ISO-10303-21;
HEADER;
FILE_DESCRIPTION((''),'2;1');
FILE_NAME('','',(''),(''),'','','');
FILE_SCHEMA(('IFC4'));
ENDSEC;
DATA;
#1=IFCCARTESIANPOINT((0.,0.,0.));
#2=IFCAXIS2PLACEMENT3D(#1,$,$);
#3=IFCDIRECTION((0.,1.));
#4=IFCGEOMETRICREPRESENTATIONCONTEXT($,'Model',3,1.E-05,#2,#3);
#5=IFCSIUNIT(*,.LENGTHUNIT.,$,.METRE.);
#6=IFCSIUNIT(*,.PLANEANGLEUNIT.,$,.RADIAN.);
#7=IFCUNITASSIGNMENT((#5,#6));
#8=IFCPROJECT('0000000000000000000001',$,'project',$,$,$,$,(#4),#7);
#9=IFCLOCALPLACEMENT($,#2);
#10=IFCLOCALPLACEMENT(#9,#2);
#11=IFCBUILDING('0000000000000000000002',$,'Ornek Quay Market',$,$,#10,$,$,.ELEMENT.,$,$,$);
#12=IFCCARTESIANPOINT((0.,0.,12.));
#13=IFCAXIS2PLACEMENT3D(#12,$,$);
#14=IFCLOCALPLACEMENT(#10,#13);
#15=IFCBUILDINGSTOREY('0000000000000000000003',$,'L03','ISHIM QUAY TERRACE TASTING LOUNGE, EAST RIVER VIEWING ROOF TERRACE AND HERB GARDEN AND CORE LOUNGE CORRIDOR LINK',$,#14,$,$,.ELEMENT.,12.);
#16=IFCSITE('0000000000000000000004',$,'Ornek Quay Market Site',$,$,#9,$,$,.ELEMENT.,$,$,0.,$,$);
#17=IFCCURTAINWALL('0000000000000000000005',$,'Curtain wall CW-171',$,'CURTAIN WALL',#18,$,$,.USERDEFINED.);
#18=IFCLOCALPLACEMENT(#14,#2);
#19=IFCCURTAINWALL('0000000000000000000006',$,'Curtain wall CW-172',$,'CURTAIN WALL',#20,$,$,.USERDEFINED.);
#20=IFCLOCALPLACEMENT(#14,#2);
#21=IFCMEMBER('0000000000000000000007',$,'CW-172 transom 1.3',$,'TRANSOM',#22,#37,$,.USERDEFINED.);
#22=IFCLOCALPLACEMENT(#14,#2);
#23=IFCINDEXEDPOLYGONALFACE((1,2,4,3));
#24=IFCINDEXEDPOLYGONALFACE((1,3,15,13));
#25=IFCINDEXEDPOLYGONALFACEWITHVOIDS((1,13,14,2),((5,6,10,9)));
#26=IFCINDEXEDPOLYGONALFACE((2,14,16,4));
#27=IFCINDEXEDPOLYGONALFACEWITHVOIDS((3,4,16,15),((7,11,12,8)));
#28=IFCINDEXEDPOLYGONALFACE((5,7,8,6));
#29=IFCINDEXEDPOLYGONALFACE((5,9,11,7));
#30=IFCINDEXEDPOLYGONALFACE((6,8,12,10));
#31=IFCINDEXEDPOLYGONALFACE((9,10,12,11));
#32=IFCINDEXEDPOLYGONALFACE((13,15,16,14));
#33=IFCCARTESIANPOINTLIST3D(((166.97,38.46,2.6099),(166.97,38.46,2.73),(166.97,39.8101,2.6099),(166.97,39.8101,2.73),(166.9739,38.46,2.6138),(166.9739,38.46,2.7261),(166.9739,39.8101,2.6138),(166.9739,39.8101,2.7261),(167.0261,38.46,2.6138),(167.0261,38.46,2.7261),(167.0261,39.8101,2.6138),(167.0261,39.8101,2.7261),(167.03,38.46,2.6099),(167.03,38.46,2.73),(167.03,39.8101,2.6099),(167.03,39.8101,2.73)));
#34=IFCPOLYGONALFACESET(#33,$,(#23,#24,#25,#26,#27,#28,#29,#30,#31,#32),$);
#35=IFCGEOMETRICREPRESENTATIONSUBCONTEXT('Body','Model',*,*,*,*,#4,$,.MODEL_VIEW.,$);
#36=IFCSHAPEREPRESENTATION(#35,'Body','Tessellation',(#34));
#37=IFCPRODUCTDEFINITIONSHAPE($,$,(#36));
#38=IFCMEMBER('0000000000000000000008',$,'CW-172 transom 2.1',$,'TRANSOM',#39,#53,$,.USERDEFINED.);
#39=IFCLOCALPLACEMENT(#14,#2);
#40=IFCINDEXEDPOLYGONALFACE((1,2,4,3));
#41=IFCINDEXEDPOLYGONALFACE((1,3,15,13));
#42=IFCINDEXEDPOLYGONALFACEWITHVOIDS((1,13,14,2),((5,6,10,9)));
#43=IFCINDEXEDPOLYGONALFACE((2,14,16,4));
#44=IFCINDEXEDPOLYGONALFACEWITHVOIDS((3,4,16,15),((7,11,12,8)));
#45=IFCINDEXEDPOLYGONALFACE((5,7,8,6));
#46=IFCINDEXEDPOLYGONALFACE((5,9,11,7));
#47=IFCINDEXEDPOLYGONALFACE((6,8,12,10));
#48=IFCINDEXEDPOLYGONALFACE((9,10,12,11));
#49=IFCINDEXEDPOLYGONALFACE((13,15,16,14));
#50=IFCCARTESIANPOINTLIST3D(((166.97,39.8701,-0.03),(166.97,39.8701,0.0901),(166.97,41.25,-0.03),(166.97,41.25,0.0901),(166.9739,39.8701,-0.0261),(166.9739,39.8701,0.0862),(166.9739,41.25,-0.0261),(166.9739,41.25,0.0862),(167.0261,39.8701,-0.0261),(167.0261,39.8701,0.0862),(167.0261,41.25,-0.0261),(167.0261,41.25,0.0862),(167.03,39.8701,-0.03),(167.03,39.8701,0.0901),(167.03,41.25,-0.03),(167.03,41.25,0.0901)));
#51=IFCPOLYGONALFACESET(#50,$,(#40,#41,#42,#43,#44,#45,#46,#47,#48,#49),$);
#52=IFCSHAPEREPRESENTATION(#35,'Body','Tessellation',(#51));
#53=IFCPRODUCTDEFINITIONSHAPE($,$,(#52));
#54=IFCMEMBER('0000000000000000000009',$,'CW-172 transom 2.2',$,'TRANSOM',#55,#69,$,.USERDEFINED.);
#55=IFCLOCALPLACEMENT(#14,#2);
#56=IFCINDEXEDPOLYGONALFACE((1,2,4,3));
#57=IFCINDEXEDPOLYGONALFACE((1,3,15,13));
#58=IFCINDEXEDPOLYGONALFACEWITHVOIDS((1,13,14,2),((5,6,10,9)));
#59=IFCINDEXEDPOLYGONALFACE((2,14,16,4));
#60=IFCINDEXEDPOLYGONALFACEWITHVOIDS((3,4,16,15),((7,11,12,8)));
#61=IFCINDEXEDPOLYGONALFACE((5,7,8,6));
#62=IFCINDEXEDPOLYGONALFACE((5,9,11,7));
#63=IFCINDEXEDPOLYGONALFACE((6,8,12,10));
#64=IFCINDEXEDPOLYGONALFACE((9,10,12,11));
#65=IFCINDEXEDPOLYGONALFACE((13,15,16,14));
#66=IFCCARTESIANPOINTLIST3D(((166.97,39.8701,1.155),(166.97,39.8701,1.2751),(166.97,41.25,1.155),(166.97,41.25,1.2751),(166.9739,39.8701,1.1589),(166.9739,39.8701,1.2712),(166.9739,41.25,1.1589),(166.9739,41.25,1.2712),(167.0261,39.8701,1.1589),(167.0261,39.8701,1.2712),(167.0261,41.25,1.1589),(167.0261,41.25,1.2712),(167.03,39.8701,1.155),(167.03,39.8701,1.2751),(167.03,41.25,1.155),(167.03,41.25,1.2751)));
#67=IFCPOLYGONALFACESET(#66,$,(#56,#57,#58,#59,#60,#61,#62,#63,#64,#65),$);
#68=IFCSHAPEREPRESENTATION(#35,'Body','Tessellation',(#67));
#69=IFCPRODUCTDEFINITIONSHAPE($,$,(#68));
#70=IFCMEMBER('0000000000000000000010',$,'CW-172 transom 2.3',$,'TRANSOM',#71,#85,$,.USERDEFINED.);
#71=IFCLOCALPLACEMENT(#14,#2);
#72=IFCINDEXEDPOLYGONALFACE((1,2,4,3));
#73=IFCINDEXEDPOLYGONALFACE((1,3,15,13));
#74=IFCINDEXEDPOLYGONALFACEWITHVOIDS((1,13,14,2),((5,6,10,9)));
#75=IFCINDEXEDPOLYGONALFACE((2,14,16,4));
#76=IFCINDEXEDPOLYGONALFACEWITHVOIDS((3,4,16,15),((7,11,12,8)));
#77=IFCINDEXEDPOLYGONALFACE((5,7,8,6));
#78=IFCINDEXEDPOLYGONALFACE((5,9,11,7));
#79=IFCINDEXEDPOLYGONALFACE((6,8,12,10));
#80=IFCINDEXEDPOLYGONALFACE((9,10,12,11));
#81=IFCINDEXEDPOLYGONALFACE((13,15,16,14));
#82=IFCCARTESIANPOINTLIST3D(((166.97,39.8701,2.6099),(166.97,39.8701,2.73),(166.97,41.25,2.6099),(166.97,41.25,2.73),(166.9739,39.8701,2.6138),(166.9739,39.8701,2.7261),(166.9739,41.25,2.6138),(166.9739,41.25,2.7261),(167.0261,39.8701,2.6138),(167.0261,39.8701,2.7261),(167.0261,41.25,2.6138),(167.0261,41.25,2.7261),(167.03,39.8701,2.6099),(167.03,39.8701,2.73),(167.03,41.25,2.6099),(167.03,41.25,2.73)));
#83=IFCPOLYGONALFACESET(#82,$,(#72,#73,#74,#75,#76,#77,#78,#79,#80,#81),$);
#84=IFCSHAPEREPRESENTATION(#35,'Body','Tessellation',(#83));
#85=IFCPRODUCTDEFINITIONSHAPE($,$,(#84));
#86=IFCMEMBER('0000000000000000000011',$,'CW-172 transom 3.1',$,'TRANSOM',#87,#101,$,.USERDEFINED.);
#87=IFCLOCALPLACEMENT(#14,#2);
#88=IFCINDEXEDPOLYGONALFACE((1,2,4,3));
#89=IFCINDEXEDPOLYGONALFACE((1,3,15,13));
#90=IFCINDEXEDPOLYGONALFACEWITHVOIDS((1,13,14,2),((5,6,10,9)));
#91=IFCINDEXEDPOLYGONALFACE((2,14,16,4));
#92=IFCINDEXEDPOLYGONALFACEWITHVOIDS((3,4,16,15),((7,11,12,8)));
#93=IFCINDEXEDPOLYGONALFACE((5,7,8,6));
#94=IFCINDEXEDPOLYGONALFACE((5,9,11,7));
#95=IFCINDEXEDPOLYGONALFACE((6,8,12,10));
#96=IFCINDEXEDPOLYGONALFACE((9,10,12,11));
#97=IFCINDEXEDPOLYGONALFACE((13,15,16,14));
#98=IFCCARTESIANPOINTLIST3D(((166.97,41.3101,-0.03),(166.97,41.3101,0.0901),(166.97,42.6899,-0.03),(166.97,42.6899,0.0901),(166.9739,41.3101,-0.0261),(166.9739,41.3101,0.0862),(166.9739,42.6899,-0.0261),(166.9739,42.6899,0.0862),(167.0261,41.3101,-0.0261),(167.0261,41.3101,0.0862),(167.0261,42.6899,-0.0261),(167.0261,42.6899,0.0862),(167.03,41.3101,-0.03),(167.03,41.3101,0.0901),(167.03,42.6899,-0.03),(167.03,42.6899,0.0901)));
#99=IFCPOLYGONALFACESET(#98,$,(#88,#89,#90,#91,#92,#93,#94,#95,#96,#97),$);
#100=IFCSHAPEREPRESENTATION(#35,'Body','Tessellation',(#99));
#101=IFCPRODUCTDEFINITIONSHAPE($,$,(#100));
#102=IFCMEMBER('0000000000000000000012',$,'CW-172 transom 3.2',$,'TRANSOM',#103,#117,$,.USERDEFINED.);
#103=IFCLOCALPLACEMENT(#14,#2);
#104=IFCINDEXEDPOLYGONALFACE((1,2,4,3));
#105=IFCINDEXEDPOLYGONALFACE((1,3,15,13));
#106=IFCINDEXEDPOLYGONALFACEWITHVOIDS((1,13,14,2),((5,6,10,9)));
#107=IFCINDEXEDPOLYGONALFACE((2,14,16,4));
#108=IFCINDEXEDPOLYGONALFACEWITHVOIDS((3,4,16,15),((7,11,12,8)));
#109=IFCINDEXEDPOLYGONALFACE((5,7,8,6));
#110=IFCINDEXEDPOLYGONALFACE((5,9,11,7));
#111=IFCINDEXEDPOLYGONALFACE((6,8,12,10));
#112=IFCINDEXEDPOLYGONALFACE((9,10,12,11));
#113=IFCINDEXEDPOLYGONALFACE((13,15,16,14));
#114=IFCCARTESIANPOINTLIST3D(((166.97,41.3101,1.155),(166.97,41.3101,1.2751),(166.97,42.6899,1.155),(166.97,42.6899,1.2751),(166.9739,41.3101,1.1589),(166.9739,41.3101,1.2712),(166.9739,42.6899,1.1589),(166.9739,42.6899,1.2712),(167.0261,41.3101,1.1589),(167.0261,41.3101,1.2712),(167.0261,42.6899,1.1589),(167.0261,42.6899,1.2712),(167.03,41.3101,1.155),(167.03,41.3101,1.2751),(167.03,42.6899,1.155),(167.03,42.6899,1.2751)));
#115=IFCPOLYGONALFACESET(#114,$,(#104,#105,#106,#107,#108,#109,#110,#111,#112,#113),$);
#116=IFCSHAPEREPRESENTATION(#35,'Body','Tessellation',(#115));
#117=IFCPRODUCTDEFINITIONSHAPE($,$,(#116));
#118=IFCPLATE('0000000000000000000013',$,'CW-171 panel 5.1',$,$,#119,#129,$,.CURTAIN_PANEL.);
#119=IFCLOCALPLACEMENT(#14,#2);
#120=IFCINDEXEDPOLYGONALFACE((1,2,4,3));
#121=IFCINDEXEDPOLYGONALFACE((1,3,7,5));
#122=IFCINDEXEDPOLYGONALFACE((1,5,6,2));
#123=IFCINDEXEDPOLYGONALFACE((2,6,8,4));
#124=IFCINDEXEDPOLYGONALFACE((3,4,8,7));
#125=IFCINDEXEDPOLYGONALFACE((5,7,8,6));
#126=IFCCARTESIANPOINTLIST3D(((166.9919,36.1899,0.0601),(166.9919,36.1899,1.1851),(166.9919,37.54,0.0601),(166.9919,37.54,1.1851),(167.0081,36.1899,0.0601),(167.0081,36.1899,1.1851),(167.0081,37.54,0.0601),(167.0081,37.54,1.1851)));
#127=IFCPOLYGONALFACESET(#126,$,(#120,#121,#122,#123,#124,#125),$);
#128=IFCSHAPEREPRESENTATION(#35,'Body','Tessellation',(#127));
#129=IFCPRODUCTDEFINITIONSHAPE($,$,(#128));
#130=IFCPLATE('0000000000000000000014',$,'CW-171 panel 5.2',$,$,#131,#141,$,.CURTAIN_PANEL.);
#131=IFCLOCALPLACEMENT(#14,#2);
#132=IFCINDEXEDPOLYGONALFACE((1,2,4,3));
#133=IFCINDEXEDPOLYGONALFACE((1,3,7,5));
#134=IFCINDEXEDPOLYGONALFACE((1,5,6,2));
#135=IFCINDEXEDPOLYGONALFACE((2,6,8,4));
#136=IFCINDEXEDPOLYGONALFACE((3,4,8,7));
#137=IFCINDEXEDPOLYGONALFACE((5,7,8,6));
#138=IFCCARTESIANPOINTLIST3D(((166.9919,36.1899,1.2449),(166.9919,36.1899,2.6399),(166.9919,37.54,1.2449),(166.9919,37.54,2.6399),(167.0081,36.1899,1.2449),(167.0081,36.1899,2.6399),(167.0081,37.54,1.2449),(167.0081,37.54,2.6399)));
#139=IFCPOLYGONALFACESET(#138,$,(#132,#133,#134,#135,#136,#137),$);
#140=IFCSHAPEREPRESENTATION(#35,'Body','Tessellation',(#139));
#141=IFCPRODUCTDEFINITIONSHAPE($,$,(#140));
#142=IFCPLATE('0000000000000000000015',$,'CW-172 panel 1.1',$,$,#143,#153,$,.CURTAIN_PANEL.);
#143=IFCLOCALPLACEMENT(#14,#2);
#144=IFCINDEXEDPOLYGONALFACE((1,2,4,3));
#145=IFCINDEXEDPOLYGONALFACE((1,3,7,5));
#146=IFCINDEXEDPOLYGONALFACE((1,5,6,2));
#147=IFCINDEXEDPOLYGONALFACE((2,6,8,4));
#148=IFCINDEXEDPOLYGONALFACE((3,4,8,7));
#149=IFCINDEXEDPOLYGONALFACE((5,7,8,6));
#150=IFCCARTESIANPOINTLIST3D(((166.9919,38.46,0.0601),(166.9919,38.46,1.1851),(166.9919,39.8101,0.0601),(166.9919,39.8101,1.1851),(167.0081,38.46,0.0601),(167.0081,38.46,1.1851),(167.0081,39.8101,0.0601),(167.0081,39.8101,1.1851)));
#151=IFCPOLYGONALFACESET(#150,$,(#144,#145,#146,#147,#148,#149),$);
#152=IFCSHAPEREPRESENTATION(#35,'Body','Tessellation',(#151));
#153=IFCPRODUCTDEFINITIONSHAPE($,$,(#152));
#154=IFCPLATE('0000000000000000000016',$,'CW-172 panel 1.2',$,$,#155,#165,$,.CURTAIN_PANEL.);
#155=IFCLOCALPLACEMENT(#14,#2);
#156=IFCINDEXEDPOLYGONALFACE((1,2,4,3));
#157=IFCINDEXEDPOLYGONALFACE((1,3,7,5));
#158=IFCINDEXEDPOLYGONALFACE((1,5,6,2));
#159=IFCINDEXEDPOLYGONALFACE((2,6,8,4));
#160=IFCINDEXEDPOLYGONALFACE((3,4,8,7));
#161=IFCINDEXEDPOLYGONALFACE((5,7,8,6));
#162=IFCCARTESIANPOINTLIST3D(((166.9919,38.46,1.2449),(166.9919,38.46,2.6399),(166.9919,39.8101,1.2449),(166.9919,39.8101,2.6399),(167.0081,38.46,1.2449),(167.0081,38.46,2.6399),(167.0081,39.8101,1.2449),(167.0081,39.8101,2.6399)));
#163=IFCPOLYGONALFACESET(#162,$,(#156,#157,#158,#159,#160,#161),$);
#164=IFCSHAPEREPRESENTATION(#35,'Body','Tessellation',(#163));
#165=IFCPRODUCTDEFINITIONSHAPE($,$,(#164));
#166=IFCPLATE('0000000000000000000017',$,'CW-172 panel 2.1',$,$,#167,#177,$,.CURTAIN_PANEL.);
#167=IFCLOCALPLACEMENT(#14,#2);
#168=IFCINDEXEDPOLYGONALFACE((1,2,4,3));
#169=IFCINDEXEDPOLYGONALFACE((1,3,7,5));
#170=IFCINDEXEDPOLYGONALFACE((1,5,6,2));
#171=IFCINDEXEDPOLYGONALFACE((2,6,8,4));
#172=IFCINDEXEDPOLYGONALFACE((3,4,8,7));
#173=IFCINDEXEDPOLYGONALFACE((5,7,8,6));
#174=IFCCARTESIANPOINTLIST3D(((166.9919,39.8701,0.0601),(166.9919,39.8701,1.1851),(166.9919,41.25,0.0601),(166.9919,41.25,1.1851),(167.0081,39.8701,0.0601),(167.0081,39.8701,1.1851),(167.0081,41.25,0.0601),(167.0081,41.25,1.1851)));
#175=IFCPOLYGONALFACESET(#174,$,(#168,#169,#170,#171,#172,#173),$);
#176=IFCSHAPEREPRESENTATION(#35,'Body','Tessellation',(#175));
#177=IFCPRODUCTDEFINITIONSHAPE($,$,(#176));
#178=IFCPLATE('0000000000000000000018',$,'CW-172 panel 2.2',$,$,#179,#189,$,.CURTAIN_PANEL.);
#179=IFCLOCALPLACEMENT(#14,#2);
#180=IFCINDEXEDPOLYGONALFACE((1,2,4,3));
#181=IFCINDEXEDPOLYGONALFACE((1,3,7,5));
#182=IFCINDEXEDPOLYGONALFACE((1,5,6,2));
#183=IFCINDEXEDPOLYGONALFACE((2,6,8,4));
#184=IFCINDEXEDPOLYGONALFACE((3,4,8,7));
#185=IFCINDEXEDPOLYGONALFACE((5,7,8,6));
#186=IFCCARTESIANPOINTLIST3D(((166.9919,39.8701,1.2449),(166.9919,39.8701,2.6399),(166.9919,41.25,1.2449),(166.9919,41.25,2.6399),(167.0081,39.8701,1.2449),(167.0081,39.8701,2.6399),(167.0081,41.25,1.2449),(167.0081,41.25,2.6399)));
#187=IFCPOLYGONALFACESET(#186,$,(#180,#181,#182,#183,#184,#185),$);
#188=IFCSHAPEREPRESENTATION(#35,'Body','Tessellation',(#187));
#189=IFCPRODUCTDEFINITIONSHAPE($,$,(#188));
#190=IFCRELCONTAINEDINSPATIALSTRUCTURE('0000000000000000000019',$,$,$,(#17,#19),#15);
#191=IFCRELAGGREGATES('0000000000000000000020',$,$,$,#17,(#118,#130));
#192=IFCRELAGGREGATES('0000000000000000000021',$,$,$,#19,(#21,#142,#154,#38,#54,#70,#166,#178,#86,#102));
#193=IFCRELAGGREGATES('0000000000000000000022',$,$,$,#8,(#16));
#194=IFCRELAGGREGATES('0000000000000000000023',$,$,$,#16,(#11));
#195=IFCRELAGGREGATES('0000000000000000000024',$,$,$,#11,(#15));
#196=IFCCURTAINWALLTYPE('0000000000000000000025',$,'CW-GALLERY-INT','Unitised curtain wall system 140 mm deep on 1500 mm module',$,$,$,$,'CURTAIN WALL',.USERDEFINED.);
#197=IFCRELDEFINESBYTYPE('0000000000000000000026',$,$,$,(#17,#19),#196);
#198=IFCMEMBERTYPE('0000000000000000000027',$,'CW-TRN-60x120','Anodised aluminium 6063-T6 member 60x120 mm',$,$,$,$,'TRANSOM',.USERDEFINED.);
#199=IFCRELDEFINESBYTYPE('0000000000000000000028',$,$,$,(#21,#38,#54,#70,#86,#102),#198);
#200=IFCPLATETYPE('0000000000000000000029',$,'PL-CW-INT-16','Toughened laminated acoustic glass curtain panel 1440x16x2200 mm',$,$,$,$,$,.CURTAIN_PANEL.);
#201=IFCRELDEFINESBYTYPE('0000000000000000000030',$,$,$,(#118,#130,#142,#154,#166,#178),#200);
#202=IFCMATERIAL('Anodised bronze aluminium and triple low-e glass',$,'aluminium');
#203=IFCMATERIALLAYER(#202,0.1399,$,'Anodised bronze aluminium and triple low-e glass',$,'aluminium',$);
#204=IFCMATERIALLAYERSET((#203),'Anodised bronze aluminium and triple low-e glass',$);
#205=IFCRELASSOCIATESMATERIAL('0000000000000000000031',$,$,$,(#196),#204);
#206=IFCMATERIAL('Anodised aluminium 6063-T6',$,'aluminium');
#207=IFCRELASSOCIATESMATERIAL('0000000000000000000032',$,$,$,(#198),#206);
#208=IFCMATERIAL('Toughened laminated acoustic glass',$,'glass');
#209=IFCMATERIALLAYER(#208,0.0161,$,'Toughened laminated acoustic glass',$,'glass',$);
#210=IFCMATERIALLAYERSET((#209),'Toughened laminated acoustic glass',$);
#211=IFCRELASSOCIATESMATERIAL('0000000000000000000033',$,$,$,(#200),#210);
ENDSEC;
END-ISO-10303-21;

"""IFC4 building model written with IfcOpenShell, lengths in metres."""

from ifc_helpers import new_model, si_unit, direction, frame, origin, origin_2d, place, context, subcontext, project, spatial, rectangle, hollow_rectangle, extrude, material, layer, layer_set, material_profile, profile_set, type_object, element, aggregate, save


model = new_model("IFC4")

# Units and contexts
model_context = context("Model", 3, precision=1e-05, world=origin(), true_north=direction((0.0, 1.0)))
body_context = subcontext(model_context, "Body", "Model", "MODEL_VIEW")
ifc_project = project(units=[si_unit("LENGTHUNIT", "METRE"), si_unit("PLANEANGLEUNIT", "RADIAN")], contexts=[model_context])

# Site, building, storey
site_placement = place(None, origin())
site = spatial("IfcSite", under=ifc_project, at=site_placement, Name="Ornek Quay Market Site", CompositionType="ELEMENT", RefElevation=0.0)
building_placement = place(site_placement, origin())
building = spatial("IfcBuilding", under=site, at=building_placement, Name="Ornek Quay Market", CompositionType="ELEMENT")
storey_placement = place(building_placement, frame((0.0, 0.0, 12.0)))
storey = spatial("IfcBuildingStorey", under=building, at=storey_placement, Name="L03", Description="ISHIM QUAY TERRACE TASTING LOUNGE, EAST RIVER VIEWING ROOF TERRACE AND HERB GARDEN AND CORE LOUNGE CORRIDOR LINK", CompositionType="ELEMENT", Elevation=12.0)

# Curtain wall
ifc_material_1 = material(Name="Anodised bronze aluminium and triple low-e glass", Category="aluminium")
ifc_layer_1 = layer(ifc_material_1, 0.1399, Name="Anodised bronze aluminium and triple low-e glass", Category="aluminium")
ifc_layer_set_1 = layer_set([ifc_layer_1], Name="Anodised bronze aluminium and triple low-e glass")
curtain_wall_type = type_object("IfcCurtainWallType", Name="CW-GALLERY-INT", Description="Unitised curtain wall system 140 mm deep on 1500 mm module", ElementType="CURTAIN WALL", PredefinedType="USERDEFINED", material=ifc_layer_set_1)
curtain_wall_1_placement = place(storey_placement, origin())
curtain_wall_1 = element("IfcCurtainWall", 1, at=curtain_wall_1_placement, inside=storey, type_object=curtain_wall_type, Name="Curtain wall CW-171", ObjectType="CURTAIN WALL", PredefinedType="USERDEFINED")
ifc_material_2 = material(Name="Anodised aluminium 6063-T6", Category="aluminium")

# Curtain wall
curtain_wall_2_placement = place(storey_placement, origin())
curtain_wall_2 = element("IfcCurtainWall", 2, at=curtain_wall_2_placement, inside=storey, type_object=curtain_wall_type, Name="Curtain wall CW-172", ObjectType="CURTAIN WALL", PredefinedType="USERDEFINED")

# Members
ifc_material_profile_1 = material_profile(ifc_material_2, hollow_rectangle(XDim=0.0601, YDim=0.1201, WallThickness=0.0039, at=origin_2d()), Name="CW-TRN-60x120", Category="aluminium")
ifc_profile_set_1 = profile_set([ifc_material_profile_1], Name="Anodised aluminium 6063-T6")
member_type_1 = type_object("IfcMemberType", Name="CW-TRN-60x120", Description="Anodised aluminium 6063-T6 member 60x120 mm", ElementType="TRANSOM", PredefinedType="USERDEFINED", material=ifc_profile_set_1)
member_1_placement = place(storey_placement, frame((167.0, 38.46, 2.6699), z_axis=(0.0, 1.0, 0.0), x_axis=(-1.0, 0.0, 0.0)))
member_1 = element("IfcMember", 3, at=member_1_placement, type_object=member_type_1, Name="CW-172 transom 1.3", ObjectType="TRANSOM", PredefinedType="USERDEFINED", context=body_context, shape_type="SweptSolid", body=[
    extrude(hollow_rectangle(XDim=0.0601, YDim=0.1201, WallThickness=0.0039, at=origin_2d()), origin(), (0.0, 0.0, 1.0), 1.3501),
])
member_2_placement = place(storey_placement, frame((167.0, 39.8701, 0.03), z_axis=(0.0, 1.0, 0.0), x_axis=(-1.0, 0.0, 0.0)))
member_2 = element("IfcMember", 4, at=member_2_placement, type_object=member_type_1, Name="CW-172 transom 2.1", ObjectType="TRANSOM", PredefinedType="USERDEFINED", context=body_context, shape_type="SweptSolid", body=[
    extrude(hollow_rectangle(XDim=0.0601, YDim=0.1201, WallThickness=0.0039, at=origin_2d()), origin(), (0.0, 0.0, 1.0), 1.3799),
])
member_3_placement = place(storey_placement, frame((167.0, 39.8701, 1.2151), z_axis=(0.0, 1.0, 0.0), x_axis=(-1.0, 0.0, 0.0)))
member_3 = element("IfcMember", 5, at=member_3_placement, type_object=member_type_1, Name="CW-172 transom 2.2", ObjectType="TRANSOM", PredefinedType="USERDEFINED", context=body_context, shape_type="SweptSolid", body=[
    extrude(hollow_rectangle(XDim=0.0601, YDim=0.1201, WallThickness=0.0039, at=origin_2d()), origin(), (0.0, 0.0, 1.0), 1.3799),
])
member_4_placement = place(storey_placement, frame((167.0, 39.8701, 2.6699), z_axis=(0.0, 1.0, 0.0), x_axis=(-1.0, 0.0, 0.0)))
member_4 = element("IfcMember", 6, at=member_4_placement, type_object=member_type_1, Name="CW-172 transom 2.3", ObjectType="TRANSOM", PredefinedType="USERDEFINED", context=body_context, shape_type="SweptSolid", body=[
    extrude(hollow_rectangle(XDim=0.0601, YDim=0.1201, WallThickness=0.0039, at=origin_2d()), origin(), (0.0, 0.0, 1.0), 1.3799),
])
member_5_placement = place(storey_placement, frame((167.0, 41.3101, 0.03), z_axis=(0.0, 1.0, 0.0), x_axis=(-1.0, 0.0, 0.0)))
member_5 = element("IfcMember", 7, at=member_5_placement, type_object=member_type_1, Name="CW-172 transom 3.1", ObjectType="TRANSOM", PredefinedType="USERDEFINED", context=body_context, shape_type="SweptSolid", body=[
    extrude(hollow_rectangle(XDim=0.0601, YDim=0.1201, WallThickness=0.0039, at=origin_2d()), origin(), (0.0, 0.0, 1.0), 1.3799),
])
member_6_placement = place(storey_placement, frame((167.0, 41.3101, 1.2151), z_axis=(0.0, 1.0, 0.0), x_axis=(-1.0, 0.0, 0.0)))
member_6 = element("IfcMember", 8, at=member_6_placement, type_object=member_type_1, Name="CW-172 transom 3.2", ObjectType="TRANSOM", PredefinedType="USERDEFINED", context=body_context, shape_type="SweptSolid", body=[
    extrude(hollow_rectangle(XDim=0.0601, YDim=0.1201, WallThickness=0.0039, at=origin_2d()), origin(), (0.0, 0.0, 1.0), 1.3799),
])

# Plates
ifc_material_3 = material(Name="Toughened laminated acoustic glass", Category="glass")
ifc_layer_2 = layer(ifc_material_3, 0.0161, Name="Toughened laminated acoustic glass", Category="glass")
ifc_layer_set_2 = layer_set([ifc_layer_2], Name="Toughened laminated acoustic glass")
plate_type = type_object("IfcPlateType", Name="PL-CW-INT-16", Description="Toughened laminated acoustic glass curtain panel 1440x16x2200 mm", PredefinedType="CURTAIN_PANEL", material=ifc_layer_set_2)
plate_1_placement = place(storey_placement, frame((167.0, 36.865, 0.0601), z_axis=(0.0, 0.0, 1.0), x_axis=(0.0, 1.0, 0.0)))
plate_1 = element("IfcPlate", 9, at=plate_1_placement, type_object=plate_type, Name="CW-171 panel 5.1", PredefinedType="CURTAIN_PANEL", context=body_context, shape_type="SweptSolid", body=[
    extrude(rectangle(XDim=1.3501, YDim=0.0161, at=origin_2d()), origin(), (0.0, 0.0, 1.0), 1.125),
])
plate_2_placement = place(storey_placement, frame((167.0, 36.865, 1.2449), z_axis=(0.0, 0.0, 1.0), x_axis=(0.0, 1.0, 0.0)))
plate_2 = element("IfcPlate", 10, at=plate_2_placement, type_object=plate_type, Name="CW-171 panel 5.2", PredefinedType="CURTAIN_PANEL", context=body_context, shape_type="SweptSolid", body=[
    extrude(rectangle(XDim=1.3501, YDim=0.0161, at=origin_2d()), origin(), (0.0, 0.0, 1.0), 1.395),
])
aggregate(curtain_wall_1, [plate_1, plate_2])
plate_3_placement = place(storey_placement, frame((167.0, 39.135, 0.0601), z_axis=(0.0, 0.0, 1.0), x_axis=(0.0, 1.0, 0.0)))
plate_3 = element("IfcPlate", 11, at=plate_3_placement, type_object=plate_type, Name="CW-172 panel 1.1", PredefinedType="CURTAIN_PANEL", context=body_context, shape_type="SweptSolid", body=[
    extrude(rectangle(XDim=1.3501, YDim=0.0161, at=origin_2d()), origin(), (0.0, 0.0, 1.0), 1.125),
])
plate_4_placement = place(storey_placement, frame((167.0, 39.135, 1.2449), z_axis=(0.0, 0.0, 1.0), x_axis=(0.0, 1.0, 0.0)))
plate_4 = element("IfcPlate", 12, at=plate_4_placement, type_object=plate_type, Name="CW-172 panel 1.2", PredefinedType="CURTAIN_PANEL", context=body_context, shape_type="SweptSolid", body=[
    extrude(rectangle(XDim=1.3501, YDim=0.0161, at=origin_2d()), origin(), (0.0, 0.0, 1.0), 1.395),
])
plate_5_placement = place(storey_placement, frame((167.0, 40.5601, 0.0601), z_axis=(0.0, 0.0, 1.0), x_axis=(0.0, 1.0, 0.0)))
plate_5 = element("IfcPlate", 13, at=plate_5_placement, type_object=plate_type, Name="CW-172 panel 2.1", PredefinedType="CURTAIN_PANEL", context=body_context, shape_type="SweptSolid", body=[
    extrude(rectangle(XDim=1.3799, YDim=0.0161, at=origin_2d()), origin(), (0.0, 0.0, 1.0), 1.125),
])
plate_6_placement = place(storey_placement, frame((167.0, 40.5601, 1.2449), z_axis=(0.0, 0.0, 1.0), x_axis=(0.0, 1.0, 0.0)))
plate_6 = element("IfcPlate", 14, at=plate_6_placement, type_object=plate_type, Name="CW-172 panel 2.2", PredefinedType="CURTAIN_PANEL", context=body_context, shape_type="SweptSolid", body=[
    extrude(rectangle(XDim=1.3799, YDim=0.0161, at=origin_2d()), origin(), (0.0, 0.0, 1.0), 1.395),
])
aggregate(curtain_wall_2, [member_1, plate_3, plate_4, member_2, member_3, member_4, plate_5, plate_6, member_5, member_6])

save(model, "model.ifc")
